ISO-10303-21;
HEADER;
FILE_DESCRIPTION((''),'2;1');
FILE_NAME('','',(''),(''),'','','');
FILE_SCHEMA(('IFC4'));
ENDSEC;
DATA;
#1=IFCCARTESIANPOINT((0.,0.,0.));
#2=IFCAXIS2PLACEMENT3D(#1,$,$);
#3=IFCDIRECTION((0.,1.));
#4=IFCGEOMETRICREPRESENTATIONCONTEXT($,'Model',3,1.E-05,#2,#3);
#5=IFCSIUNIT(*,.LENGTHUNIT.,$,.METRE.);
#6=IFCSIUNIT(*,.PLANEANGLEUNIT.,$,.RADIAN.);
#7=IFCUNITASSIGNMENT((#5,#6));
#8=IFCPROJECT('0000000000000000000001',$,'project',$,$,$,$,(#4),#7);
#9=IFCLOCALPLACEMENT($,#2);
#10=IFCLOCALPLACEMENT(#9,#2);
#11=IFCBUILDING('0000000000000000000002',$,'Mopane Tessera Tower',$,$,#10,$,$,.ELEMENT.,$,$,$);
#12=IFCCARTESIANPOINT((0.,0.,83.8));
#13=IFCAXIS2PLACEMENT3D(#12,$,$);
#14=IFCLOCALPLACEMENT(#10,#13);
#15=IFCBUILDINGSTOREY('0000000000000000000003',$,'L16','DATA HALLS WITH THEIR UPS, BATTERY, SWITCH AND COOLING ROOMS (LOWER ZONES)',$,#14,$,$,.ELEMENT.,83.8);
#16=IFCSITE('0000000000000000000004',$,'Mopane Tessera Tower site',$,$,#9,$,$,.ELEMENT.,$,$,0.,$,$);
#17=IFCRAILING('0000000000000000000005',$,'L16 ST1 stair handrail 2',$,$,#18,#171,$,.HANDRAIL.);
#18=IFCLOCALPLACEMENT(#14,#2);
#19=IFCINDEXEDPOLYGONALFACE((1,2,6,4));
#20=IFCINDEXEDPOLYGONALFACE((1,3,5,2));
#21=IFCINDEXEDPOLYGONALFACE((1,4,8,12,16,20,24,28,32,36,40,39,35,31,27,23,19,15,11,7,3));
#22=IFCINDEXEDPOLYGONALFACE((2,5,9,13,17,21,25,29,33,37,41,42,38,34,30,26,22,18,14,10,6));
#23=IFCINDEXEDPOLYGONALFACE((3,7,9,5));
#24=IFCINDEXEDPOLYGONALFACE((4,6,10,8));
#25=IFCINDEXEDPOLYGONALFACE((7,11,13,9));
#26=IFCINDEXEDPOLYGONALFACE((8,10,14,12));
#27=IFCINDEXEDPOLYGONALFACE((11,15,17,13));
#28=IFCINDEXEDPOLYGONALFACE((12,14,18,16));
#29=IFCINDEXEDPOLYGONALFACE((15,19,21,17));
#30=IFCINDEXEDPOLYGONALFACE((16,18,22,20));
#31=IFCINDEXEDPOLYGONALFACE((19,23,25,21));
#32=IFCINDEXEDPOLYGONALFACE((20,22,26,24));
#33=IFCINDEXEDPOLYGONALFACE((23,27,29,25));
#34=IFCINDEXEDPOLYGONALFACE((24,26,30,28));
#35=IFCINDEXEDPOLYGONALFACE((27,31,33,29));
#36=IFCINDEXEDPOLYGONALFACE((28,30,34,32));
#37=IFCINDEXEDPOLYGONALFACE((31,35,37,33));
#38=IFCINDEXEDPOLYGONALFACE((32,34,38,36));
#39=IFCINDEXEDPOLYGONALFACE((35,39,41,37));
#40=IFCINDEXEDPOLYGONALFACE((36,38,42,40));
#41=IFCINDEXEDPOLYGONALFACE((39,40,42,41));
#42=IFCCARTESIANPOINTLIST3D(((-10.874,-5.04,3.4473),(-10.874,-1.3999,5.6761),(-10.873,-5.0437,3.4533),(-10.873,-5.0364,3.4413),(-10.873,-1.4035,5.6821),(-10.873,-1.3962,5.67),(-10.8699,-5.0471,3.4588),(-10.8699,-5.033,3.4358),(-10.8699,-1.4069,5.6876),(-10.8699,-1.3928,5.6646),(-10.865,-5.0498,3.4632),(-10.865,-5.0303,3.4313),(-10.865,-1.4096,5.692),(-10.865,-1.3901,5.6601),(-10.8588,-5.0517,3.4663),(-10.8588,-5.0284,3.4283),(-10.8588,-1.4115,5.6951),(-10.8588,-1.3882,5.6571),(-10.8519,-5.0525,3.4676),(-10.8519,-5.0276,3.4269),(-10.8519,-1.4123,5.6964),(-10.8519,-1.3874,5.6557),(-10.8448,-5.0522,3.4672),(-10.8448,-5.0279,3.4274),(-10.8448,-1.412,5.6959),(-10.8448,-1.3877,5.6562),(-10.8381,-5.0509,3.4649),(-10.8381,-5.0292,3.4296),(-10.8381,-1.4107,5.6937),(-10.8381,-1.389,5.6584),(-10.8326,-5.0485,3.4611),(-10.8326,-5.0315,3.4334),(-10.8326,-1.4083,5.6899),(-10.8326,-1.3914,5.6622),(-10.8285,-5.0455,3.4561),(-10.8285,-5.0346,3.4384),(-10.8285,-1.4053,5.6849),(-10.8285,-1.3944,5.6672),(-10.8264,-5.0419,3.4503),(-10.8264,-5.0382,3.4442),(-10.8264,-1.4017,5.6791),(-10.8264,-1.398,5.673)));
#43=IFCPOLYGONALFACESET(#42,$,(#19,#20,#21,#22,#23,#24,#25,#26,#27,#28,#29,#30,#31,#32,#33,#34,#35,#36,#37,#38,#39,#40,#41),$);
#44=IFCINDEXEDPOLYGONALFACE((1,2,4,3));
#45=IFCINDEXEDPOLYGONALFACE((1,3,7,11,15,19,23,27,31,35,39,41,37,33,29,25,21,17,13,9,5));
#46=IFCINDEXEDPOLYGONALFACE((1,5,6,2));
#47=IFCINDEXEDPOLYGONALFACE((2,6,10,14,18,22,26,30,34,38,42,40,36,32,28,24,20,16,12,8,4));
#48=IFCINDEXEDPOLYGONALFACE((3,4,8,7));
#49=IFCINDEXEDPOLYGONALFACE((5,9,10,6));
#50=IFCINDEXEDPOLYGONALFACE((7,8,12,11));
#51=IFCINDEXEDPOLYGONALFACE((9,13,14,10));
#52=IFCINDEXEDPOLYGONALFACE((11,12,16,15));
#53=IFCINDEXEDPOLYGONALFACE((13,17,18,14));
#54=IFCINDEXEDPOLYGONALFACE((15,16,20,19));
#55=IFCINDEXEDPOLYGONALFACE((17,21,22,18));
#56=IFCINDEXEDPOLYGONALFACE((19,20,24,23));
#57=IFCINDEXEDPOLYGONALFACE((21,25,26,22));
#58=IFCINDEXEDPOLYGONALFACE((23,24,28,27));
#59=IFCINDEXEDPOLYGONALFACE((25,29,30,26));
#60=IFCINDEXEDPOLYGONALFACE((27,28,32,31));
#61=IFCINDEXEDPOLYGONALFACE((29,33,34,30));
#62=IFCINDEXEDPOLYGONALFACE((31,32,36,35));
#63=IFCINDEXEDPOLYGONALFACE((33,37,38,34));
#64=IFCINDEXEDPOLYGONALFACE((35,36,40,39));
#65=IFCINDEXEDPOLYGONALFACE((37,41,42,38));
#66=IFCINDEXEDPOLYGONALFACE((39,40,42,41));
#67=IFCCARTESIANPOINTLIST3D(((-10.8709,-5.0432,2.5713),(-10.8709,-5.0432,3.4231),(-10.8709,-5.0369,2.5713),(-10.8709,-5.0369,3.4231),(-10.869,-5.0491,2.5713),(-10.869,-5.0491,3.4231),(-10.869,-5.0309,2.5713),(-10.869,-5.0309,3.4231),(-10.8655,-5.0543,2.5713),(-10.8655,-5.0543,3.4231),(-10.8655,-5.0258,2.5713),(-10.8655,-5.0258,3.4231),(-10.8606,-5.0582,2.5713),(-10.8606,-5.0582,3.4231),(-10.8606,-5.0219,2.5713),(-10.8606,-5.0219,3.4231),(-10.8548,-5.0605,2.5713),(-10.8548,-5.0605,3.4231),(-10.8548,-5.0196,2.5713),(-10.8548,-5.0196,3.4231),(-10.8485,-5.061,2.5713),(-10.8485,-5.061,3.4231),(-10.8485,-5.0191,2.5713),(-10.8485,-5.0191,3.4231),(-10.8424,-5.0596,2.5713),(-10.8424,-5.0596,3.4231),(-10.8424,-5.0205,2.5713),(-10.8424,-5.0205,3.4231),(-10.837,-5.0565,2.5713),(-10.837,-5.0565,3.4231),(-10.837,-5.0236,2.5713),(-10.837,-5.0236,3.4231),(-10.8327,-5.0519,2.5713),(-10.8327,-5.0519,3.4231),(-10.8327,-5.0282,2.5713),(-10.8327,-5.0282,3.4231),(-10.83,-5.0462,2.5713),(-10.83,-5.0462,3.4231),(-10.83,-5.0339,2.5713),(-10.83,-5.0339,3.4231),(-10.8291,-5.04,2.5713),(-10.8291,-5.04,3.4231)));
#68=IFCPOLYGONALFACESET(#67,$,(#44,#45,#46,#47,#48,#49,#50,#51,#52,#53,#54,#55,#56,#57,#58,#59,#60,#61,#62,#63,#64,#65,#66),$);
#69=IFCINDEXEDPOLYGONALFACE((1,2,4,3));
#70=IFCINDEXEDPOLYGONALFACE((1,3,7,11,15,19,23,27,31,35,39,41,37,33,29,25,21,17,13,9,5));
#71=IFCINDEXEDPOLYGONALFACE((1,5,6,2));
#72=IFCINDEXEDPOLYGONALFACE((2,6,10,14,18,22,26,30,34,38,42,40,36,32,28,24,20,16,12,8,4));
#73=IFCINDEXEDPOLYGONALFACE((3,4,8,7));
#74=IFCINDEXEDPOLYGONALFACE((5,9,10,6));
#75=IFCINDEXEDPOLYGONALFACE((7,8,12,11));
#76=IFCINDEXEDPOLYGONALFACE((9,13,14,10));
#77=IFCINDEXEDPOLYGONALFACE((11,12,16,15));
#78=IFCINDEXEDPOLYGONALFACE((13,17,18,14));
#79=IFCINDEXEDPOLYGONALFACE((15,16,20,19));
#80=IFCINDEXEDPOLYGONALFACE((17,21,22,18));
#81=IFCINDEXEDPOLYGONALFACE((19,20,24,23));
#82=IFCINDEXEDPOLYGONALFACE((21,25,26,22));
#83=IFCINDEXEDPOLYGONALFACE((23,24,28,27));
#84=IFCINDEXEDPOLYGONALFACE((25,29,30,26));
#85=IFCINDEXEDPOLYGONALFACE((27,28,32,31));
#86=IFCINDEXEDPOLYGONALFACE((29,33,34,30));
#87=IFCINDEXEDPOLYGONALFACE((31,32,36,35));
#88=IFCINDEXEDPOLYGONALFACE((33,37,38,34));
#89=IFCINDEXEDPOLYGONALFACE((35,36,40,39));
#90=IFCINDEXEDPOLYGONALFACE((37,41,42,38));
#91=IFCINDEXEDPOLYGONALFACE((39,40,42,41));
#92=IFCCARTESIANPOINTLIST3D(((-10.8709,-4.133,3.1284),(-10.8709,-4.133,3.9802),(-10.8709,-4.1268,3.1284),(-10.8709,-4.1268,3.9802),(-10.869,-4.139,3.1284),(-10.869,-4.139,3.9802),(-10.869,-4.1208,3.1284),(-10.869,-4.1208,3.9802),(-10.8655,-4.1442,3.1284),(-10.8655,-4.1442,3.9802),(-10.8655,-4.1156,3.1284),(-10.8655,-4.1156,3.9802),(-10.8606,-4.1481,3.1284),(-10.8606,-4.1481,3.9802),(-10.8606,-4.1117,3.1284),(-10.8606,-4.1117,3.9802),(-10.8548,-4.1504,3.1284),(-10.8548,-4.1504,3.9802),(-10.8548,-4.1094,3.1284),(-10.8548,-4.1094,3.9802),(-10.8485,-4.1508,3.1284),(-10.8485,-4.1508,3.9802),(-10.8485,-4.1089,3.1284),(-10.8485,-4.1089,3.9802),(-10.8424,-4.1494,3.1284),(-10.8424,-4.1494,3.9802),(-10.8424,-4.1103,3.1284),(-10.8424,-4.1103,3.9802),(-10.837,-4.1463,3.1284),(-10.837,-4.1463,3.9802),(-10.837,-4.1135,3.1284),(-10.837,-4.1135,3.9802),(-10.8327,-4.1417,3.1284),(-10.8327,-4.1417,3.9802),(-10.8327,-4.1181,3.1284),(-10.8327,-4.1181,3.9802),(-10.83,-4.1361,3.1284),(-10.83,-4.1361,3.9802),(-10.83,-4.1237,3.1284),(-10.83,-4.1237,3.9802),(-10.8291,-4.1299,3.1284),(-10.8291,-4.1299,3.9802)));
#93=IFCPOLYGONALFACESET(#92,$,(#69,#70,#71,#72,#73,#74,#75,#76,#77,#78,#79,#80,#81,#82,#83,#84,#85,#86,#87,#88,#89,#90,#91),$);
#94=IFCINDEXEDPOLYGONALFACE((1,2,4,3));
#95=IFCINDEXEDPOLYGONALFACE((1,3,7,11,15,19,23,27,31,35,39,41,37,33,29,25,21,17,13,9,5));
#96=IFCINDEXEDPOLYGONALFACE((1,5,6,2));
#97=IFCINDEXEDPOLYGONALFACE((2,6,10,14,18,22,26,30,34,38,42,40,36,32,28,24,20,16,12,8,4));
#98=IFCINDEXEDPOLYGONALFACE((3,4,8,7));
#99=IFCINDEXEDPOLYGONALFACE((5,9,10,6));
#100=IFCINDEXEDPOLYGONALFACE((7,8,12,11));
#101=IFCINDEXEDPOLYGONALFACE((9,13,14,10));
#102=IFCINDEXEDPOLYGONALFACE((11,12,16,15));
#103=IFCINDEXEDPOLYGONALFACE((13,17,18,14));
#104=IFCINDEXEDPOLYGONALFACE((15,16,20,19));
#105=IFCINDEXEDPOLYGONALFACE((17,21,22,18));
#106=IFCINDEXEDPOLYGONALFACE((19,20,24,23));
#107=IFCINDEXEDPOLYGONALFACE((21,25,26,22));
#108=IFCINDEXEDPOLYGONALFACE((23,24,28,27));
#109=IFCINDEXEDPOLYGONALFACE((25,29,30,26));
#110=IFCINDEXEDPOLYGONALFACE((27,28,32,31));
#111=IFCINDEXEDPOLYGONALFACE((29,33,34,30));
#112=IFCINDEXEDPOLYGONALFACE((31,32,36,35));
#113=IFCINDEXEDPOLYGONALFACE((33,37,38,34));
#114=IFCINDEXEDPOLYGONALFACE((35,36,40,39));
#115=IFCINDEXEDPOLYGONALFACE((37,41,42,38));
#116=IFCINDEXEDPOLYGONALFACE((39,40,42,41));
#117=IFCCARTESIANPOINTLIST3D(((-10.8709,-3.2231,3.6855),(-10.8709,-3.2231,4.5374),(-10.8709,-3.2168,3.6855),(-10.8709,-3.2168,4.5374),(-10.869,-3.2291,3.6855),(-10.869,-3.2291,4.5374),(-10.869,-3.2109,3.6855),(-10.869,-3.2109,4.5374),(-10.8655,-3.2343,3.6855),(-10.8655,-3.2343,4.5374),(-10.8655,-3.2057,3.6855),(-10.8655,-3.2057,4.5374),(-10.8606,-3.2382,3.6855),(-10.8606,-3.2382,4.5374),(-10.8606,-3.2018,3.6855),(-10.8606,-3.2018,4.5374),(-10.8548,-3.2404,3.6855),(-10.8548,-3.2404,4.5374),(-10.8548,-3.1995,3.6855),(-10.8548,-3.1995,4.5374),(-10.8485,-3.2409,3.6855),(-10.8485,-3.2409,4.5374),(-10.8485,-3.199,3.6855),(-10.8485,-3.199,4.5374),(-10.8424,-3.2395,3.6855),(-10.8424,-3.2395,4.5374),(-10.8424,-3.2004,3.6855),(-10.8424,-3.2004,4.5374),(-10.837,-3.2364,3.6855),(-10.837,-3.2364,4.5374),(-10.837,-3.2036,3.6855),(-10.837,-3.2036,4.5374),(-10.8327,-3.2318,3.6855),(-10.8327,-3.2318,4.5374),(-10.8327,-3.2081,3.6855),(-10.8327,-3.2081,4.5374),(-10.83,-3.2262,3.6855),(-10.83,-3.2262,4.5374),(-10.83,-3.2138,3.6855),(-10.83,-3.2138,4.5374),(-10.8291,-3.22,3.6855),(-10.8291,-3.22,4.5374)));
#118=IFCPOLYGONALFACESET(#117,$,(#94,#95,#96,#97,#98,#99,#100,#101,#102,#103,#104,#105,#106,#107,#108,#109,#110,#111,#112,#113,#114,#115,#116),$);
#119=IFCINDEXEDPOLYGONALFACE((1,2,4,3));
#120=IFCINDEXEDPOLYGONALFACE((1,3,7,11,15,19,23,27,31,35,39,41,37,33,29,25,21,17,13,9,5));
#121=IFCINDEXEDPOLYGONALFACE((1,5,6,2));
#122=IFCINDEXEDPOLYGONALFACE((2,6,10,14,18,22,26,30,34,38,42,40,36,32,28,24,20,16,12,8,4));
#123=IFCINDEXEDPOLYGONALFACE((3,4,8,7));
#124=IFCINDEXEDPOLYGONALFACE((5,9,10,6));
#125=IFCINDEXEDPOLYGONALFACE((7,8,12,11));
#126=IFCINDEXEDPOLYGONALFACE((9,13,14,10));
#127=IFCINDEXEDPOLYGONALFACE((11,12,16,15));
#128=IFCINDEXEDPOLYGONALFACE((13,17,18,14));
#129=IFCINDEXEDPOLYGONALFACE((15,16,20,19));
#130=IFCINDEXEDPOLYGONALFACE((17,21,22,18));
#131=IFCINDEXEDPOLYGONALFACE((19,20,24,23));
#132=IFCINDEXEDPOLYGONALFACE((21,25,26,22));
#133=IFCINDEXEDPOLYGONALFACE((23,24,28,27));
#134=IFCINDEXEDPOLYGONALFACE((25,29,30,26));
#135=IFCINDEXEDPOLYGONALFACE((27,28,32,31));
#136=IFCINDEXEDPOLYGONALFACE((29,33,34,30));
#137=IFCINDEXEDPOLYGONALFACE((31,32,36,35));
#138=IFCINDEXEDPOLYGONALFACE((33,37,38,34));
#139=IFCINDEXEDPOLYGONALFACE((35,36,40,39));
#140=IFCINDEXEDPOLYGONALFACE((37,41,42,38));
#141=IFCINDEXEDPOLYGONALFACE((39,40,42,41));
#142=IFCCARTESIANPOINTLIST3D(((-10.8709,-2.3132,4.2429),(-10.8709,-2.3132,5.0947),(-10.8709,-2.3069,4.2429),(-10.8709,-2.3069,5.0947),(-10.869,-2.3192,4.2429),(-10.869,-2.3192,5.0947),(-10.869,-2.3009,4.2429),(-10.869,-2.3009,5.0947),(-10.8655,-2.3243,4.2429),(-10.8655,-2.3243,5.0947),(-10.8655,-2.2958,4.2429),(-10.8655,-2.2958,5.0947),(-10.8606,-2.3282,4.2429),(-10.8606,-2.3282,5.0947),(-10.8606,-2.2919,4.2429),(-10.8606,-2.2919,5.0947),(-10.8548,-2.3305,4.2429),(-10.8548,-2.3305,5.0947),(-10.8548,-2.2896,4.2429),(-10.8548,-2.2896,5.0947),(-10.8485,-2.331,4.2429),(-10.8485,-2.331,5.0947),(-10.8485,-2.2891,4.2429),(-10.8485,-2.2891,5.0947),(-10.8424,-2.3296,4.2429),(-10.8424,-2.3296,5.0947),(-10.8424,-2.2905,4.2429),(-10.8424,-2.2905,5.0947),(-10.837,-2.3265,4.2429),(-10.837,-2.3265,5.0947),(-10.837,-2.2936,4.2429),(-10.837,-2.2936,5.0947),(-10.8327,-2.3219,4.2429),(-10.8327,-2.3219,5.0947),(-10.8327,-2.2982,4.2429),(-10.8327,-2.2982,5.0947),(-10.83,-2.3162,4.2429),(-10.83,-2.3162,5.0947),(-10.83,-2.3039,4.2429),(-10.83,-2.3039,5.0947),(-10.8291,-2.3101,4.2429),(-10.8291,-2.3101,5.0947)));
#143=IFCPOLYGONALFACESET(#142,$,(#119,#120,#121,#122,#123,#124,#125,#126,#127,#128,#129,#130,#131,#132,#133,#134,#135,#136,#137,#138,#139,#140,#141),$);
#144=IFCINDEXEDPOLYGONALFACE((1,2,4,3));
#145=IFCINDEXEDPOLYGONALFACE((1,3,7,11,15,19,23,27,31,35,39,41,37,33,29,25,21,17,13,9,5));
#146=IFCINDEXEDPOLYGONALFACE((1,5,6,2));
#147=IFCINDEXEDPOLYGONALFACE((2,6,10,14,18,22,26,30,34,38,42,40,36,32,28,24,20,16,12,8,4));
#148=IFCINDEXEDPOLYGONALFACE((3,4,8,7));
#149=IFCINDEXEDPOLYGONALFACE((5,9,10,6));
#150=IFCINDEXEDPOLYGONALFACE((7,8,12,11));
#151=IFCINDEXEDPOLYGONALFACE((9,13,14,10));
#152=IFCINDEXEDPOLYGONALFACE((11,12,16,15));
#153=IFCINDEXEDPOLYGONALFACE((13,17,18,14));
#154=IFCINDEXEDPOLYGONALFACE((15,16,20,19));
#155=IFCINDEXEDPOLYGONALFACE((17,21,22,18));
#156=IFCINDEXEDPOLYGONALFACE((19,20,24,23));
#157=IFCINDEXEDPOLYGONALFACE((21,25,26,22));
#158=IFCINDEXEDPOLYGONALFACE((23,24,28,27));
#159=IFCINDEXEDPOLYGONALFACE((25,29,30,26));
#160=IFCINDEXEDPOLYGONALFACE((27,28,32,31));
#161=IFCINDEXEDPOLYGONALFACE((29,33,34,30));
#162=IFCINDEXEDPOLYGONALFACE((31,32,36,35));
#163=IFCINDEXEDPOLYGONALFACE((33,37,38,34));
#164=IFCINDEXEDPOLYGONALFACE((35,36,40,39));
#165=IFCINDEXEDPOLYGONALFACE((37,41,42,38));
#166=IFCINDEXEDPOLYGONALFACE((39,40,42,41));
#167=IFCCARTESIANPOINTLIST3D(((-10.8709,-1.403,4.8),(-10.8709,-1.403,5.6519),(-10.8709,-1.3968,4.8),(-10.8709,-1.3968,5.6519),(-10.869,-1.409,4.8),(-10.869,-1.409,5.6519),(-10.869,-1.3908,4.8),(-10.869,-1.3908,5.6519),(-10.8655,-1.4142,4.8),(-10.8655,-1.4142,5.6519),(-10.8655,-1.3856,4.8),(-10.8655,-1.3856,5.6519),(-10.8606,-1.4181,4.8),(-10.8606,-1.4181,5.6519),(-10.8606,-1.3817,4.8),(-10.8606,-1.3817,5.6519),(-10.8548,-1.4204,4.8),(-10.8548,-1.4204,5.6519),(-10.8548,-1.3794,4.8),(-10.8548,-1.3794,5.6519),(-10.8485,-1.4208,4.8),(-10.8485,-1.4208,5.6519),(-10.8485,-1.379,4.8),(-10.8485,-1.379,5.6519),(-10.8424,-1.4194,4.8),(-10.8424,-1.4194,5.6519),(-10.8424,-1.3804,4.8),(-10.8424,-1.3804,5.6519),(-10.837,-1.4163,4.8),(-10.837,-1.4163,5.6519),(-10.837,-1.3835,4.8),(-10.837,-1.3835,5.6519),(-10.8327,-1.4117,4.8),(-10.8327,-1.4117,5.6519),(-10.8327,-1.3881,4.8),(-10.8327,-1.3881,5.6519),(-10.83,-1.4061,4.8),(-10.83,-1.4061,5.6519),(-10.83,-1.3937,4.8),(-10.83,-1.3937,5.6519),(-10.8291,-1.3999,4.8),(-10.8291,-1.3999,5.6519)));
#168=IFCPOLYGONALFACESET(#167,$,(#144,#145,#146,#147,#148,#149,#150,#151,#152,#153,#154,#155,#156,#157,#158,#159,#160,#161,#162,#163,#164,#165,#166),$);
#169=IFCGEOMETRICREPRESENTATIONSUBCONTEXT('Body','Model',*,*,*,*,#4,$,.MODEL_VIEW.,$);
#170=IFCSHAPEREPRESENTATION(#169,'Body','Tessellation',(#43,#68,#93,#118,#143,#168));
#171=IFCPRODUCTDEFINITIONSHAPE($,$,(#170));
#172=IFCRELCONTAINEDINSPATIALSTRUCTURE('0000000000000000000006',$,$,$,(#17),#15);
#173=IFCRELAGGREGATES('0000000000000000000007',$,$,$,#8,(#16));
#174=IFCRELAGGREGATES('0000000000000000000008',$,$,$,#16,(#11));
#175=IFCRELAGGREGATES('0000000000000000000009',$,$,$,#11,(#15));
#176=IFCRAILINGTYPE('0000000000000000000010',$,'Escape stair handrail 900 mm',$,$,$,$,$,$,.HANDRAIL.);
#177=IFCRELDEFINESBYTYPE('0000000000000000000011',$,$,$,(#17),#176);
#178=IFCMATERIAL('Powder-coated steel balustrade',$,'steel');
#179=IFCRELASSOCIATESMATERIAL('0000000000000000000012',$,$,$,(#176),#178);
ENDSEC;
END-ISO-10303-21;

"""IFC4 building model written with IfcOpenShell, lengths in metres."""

from ifc_helpers import new_model, si_unit, direction, frame, origin, origin_2d, place, context, subcontext, project, spatial, circle, extrude, material, type_object, element, save


model = new_model("IFC4")

# Units and contexts
model_context = context("Model", 3, precision=1e-05, world=origin(), true_north=direction((0.0, 1.0)))
body_context = subcontext(model_context, "Body", "Model", "MODEL_VIEW")
ifc_project = project(units=[si_unit("LENGTHUNIT", "METRE"), si_unit("PLANEANGLEUNIT", "RADIAN")], contexts=[model_context])

# Site, building, storey
site_placement = place(None, origin())
site = spatial("IfcSite", under=ifc_project, at=site_placement, Name="Mopane Tessera Tower site", CompositionType="ELEMENT", RefElevation=0.0)
building_placement = place(site_placement, origin())
building = spatial("IfcBuilding", under=site, at=building_placement, Name="Mopane Tessera Tower", CompositionType="ELEMENT")
storey_placement = place(building_placement, frame((0.0, 0.0, 83.8)))
storey = spatial("IfcBuildingStorey", under=building, at=storey_placement, Name="L16", Description="DATA HALLS WITH THEIR UPS, BATTERY, SWITCH AND COOLING ROOMS (LOWER ZONES)", CompositionType="ELEMENT", Elevation=83.8)

# Railing
ifc_material_1 = material(Name="Powder-coated steel balustrade", Category="steel")
railing_type_1 = type_object("IfcRailingType", Name="Escape stair handrail 900 mm", PredefinedType="HANDRAIL", material=ifc_material_1)
railing_1_placement = place(storey_placement, frame((-10.8501, -5.04, 2.5713)))
element("IfcRailing", 1, at=railing_1_placement, inside=storey, type_object=railing_type_1, Name="L16 ST1 stair handrail 2", PredefinedType="HANDRAIL", context=body_context, shape_type="SweptSolid", body=[
    extrude(circle(Radius=0.0239, at=origin_2d()), frame((0.0, 0.0, 0.876), z_axis=(0.0, 0.85284, 0.522172), x_axis=(-1.0, 0.0, 0.0)), (0.0, 0.0, 1.0), 4.2683),
    extrude(circle(Radius=0.021, at=origin_2d()), origin(), (0.0, 0.0, 1.0), 0.8518),
    extrude(circle(Radius=0.021, at=origin_2d()), frame((0.0, 0.9102, 0.5571)), (0.0, 0.0, 1.0), 0.8518),
    extrude(circle(Radius=0.021, at=origin_2d()), frame((0.0, 1.8201, 1.1143)), (0.0, 0.0, 1.0), 0.8518),
    extrude(circle(Radius=0.021, at=origin_2d()), frame((0.0, 2.73, 1.6716)), (0.0, 0.0, 1.0), 0.8518),
    extrude(circle(Radius=0.021, at=origin_2d()), frame((0.0, 3.6401, 2.2288)), (0.0, 0.0, 1.0), 0.8518),
])

save(model, "model.ifc")
